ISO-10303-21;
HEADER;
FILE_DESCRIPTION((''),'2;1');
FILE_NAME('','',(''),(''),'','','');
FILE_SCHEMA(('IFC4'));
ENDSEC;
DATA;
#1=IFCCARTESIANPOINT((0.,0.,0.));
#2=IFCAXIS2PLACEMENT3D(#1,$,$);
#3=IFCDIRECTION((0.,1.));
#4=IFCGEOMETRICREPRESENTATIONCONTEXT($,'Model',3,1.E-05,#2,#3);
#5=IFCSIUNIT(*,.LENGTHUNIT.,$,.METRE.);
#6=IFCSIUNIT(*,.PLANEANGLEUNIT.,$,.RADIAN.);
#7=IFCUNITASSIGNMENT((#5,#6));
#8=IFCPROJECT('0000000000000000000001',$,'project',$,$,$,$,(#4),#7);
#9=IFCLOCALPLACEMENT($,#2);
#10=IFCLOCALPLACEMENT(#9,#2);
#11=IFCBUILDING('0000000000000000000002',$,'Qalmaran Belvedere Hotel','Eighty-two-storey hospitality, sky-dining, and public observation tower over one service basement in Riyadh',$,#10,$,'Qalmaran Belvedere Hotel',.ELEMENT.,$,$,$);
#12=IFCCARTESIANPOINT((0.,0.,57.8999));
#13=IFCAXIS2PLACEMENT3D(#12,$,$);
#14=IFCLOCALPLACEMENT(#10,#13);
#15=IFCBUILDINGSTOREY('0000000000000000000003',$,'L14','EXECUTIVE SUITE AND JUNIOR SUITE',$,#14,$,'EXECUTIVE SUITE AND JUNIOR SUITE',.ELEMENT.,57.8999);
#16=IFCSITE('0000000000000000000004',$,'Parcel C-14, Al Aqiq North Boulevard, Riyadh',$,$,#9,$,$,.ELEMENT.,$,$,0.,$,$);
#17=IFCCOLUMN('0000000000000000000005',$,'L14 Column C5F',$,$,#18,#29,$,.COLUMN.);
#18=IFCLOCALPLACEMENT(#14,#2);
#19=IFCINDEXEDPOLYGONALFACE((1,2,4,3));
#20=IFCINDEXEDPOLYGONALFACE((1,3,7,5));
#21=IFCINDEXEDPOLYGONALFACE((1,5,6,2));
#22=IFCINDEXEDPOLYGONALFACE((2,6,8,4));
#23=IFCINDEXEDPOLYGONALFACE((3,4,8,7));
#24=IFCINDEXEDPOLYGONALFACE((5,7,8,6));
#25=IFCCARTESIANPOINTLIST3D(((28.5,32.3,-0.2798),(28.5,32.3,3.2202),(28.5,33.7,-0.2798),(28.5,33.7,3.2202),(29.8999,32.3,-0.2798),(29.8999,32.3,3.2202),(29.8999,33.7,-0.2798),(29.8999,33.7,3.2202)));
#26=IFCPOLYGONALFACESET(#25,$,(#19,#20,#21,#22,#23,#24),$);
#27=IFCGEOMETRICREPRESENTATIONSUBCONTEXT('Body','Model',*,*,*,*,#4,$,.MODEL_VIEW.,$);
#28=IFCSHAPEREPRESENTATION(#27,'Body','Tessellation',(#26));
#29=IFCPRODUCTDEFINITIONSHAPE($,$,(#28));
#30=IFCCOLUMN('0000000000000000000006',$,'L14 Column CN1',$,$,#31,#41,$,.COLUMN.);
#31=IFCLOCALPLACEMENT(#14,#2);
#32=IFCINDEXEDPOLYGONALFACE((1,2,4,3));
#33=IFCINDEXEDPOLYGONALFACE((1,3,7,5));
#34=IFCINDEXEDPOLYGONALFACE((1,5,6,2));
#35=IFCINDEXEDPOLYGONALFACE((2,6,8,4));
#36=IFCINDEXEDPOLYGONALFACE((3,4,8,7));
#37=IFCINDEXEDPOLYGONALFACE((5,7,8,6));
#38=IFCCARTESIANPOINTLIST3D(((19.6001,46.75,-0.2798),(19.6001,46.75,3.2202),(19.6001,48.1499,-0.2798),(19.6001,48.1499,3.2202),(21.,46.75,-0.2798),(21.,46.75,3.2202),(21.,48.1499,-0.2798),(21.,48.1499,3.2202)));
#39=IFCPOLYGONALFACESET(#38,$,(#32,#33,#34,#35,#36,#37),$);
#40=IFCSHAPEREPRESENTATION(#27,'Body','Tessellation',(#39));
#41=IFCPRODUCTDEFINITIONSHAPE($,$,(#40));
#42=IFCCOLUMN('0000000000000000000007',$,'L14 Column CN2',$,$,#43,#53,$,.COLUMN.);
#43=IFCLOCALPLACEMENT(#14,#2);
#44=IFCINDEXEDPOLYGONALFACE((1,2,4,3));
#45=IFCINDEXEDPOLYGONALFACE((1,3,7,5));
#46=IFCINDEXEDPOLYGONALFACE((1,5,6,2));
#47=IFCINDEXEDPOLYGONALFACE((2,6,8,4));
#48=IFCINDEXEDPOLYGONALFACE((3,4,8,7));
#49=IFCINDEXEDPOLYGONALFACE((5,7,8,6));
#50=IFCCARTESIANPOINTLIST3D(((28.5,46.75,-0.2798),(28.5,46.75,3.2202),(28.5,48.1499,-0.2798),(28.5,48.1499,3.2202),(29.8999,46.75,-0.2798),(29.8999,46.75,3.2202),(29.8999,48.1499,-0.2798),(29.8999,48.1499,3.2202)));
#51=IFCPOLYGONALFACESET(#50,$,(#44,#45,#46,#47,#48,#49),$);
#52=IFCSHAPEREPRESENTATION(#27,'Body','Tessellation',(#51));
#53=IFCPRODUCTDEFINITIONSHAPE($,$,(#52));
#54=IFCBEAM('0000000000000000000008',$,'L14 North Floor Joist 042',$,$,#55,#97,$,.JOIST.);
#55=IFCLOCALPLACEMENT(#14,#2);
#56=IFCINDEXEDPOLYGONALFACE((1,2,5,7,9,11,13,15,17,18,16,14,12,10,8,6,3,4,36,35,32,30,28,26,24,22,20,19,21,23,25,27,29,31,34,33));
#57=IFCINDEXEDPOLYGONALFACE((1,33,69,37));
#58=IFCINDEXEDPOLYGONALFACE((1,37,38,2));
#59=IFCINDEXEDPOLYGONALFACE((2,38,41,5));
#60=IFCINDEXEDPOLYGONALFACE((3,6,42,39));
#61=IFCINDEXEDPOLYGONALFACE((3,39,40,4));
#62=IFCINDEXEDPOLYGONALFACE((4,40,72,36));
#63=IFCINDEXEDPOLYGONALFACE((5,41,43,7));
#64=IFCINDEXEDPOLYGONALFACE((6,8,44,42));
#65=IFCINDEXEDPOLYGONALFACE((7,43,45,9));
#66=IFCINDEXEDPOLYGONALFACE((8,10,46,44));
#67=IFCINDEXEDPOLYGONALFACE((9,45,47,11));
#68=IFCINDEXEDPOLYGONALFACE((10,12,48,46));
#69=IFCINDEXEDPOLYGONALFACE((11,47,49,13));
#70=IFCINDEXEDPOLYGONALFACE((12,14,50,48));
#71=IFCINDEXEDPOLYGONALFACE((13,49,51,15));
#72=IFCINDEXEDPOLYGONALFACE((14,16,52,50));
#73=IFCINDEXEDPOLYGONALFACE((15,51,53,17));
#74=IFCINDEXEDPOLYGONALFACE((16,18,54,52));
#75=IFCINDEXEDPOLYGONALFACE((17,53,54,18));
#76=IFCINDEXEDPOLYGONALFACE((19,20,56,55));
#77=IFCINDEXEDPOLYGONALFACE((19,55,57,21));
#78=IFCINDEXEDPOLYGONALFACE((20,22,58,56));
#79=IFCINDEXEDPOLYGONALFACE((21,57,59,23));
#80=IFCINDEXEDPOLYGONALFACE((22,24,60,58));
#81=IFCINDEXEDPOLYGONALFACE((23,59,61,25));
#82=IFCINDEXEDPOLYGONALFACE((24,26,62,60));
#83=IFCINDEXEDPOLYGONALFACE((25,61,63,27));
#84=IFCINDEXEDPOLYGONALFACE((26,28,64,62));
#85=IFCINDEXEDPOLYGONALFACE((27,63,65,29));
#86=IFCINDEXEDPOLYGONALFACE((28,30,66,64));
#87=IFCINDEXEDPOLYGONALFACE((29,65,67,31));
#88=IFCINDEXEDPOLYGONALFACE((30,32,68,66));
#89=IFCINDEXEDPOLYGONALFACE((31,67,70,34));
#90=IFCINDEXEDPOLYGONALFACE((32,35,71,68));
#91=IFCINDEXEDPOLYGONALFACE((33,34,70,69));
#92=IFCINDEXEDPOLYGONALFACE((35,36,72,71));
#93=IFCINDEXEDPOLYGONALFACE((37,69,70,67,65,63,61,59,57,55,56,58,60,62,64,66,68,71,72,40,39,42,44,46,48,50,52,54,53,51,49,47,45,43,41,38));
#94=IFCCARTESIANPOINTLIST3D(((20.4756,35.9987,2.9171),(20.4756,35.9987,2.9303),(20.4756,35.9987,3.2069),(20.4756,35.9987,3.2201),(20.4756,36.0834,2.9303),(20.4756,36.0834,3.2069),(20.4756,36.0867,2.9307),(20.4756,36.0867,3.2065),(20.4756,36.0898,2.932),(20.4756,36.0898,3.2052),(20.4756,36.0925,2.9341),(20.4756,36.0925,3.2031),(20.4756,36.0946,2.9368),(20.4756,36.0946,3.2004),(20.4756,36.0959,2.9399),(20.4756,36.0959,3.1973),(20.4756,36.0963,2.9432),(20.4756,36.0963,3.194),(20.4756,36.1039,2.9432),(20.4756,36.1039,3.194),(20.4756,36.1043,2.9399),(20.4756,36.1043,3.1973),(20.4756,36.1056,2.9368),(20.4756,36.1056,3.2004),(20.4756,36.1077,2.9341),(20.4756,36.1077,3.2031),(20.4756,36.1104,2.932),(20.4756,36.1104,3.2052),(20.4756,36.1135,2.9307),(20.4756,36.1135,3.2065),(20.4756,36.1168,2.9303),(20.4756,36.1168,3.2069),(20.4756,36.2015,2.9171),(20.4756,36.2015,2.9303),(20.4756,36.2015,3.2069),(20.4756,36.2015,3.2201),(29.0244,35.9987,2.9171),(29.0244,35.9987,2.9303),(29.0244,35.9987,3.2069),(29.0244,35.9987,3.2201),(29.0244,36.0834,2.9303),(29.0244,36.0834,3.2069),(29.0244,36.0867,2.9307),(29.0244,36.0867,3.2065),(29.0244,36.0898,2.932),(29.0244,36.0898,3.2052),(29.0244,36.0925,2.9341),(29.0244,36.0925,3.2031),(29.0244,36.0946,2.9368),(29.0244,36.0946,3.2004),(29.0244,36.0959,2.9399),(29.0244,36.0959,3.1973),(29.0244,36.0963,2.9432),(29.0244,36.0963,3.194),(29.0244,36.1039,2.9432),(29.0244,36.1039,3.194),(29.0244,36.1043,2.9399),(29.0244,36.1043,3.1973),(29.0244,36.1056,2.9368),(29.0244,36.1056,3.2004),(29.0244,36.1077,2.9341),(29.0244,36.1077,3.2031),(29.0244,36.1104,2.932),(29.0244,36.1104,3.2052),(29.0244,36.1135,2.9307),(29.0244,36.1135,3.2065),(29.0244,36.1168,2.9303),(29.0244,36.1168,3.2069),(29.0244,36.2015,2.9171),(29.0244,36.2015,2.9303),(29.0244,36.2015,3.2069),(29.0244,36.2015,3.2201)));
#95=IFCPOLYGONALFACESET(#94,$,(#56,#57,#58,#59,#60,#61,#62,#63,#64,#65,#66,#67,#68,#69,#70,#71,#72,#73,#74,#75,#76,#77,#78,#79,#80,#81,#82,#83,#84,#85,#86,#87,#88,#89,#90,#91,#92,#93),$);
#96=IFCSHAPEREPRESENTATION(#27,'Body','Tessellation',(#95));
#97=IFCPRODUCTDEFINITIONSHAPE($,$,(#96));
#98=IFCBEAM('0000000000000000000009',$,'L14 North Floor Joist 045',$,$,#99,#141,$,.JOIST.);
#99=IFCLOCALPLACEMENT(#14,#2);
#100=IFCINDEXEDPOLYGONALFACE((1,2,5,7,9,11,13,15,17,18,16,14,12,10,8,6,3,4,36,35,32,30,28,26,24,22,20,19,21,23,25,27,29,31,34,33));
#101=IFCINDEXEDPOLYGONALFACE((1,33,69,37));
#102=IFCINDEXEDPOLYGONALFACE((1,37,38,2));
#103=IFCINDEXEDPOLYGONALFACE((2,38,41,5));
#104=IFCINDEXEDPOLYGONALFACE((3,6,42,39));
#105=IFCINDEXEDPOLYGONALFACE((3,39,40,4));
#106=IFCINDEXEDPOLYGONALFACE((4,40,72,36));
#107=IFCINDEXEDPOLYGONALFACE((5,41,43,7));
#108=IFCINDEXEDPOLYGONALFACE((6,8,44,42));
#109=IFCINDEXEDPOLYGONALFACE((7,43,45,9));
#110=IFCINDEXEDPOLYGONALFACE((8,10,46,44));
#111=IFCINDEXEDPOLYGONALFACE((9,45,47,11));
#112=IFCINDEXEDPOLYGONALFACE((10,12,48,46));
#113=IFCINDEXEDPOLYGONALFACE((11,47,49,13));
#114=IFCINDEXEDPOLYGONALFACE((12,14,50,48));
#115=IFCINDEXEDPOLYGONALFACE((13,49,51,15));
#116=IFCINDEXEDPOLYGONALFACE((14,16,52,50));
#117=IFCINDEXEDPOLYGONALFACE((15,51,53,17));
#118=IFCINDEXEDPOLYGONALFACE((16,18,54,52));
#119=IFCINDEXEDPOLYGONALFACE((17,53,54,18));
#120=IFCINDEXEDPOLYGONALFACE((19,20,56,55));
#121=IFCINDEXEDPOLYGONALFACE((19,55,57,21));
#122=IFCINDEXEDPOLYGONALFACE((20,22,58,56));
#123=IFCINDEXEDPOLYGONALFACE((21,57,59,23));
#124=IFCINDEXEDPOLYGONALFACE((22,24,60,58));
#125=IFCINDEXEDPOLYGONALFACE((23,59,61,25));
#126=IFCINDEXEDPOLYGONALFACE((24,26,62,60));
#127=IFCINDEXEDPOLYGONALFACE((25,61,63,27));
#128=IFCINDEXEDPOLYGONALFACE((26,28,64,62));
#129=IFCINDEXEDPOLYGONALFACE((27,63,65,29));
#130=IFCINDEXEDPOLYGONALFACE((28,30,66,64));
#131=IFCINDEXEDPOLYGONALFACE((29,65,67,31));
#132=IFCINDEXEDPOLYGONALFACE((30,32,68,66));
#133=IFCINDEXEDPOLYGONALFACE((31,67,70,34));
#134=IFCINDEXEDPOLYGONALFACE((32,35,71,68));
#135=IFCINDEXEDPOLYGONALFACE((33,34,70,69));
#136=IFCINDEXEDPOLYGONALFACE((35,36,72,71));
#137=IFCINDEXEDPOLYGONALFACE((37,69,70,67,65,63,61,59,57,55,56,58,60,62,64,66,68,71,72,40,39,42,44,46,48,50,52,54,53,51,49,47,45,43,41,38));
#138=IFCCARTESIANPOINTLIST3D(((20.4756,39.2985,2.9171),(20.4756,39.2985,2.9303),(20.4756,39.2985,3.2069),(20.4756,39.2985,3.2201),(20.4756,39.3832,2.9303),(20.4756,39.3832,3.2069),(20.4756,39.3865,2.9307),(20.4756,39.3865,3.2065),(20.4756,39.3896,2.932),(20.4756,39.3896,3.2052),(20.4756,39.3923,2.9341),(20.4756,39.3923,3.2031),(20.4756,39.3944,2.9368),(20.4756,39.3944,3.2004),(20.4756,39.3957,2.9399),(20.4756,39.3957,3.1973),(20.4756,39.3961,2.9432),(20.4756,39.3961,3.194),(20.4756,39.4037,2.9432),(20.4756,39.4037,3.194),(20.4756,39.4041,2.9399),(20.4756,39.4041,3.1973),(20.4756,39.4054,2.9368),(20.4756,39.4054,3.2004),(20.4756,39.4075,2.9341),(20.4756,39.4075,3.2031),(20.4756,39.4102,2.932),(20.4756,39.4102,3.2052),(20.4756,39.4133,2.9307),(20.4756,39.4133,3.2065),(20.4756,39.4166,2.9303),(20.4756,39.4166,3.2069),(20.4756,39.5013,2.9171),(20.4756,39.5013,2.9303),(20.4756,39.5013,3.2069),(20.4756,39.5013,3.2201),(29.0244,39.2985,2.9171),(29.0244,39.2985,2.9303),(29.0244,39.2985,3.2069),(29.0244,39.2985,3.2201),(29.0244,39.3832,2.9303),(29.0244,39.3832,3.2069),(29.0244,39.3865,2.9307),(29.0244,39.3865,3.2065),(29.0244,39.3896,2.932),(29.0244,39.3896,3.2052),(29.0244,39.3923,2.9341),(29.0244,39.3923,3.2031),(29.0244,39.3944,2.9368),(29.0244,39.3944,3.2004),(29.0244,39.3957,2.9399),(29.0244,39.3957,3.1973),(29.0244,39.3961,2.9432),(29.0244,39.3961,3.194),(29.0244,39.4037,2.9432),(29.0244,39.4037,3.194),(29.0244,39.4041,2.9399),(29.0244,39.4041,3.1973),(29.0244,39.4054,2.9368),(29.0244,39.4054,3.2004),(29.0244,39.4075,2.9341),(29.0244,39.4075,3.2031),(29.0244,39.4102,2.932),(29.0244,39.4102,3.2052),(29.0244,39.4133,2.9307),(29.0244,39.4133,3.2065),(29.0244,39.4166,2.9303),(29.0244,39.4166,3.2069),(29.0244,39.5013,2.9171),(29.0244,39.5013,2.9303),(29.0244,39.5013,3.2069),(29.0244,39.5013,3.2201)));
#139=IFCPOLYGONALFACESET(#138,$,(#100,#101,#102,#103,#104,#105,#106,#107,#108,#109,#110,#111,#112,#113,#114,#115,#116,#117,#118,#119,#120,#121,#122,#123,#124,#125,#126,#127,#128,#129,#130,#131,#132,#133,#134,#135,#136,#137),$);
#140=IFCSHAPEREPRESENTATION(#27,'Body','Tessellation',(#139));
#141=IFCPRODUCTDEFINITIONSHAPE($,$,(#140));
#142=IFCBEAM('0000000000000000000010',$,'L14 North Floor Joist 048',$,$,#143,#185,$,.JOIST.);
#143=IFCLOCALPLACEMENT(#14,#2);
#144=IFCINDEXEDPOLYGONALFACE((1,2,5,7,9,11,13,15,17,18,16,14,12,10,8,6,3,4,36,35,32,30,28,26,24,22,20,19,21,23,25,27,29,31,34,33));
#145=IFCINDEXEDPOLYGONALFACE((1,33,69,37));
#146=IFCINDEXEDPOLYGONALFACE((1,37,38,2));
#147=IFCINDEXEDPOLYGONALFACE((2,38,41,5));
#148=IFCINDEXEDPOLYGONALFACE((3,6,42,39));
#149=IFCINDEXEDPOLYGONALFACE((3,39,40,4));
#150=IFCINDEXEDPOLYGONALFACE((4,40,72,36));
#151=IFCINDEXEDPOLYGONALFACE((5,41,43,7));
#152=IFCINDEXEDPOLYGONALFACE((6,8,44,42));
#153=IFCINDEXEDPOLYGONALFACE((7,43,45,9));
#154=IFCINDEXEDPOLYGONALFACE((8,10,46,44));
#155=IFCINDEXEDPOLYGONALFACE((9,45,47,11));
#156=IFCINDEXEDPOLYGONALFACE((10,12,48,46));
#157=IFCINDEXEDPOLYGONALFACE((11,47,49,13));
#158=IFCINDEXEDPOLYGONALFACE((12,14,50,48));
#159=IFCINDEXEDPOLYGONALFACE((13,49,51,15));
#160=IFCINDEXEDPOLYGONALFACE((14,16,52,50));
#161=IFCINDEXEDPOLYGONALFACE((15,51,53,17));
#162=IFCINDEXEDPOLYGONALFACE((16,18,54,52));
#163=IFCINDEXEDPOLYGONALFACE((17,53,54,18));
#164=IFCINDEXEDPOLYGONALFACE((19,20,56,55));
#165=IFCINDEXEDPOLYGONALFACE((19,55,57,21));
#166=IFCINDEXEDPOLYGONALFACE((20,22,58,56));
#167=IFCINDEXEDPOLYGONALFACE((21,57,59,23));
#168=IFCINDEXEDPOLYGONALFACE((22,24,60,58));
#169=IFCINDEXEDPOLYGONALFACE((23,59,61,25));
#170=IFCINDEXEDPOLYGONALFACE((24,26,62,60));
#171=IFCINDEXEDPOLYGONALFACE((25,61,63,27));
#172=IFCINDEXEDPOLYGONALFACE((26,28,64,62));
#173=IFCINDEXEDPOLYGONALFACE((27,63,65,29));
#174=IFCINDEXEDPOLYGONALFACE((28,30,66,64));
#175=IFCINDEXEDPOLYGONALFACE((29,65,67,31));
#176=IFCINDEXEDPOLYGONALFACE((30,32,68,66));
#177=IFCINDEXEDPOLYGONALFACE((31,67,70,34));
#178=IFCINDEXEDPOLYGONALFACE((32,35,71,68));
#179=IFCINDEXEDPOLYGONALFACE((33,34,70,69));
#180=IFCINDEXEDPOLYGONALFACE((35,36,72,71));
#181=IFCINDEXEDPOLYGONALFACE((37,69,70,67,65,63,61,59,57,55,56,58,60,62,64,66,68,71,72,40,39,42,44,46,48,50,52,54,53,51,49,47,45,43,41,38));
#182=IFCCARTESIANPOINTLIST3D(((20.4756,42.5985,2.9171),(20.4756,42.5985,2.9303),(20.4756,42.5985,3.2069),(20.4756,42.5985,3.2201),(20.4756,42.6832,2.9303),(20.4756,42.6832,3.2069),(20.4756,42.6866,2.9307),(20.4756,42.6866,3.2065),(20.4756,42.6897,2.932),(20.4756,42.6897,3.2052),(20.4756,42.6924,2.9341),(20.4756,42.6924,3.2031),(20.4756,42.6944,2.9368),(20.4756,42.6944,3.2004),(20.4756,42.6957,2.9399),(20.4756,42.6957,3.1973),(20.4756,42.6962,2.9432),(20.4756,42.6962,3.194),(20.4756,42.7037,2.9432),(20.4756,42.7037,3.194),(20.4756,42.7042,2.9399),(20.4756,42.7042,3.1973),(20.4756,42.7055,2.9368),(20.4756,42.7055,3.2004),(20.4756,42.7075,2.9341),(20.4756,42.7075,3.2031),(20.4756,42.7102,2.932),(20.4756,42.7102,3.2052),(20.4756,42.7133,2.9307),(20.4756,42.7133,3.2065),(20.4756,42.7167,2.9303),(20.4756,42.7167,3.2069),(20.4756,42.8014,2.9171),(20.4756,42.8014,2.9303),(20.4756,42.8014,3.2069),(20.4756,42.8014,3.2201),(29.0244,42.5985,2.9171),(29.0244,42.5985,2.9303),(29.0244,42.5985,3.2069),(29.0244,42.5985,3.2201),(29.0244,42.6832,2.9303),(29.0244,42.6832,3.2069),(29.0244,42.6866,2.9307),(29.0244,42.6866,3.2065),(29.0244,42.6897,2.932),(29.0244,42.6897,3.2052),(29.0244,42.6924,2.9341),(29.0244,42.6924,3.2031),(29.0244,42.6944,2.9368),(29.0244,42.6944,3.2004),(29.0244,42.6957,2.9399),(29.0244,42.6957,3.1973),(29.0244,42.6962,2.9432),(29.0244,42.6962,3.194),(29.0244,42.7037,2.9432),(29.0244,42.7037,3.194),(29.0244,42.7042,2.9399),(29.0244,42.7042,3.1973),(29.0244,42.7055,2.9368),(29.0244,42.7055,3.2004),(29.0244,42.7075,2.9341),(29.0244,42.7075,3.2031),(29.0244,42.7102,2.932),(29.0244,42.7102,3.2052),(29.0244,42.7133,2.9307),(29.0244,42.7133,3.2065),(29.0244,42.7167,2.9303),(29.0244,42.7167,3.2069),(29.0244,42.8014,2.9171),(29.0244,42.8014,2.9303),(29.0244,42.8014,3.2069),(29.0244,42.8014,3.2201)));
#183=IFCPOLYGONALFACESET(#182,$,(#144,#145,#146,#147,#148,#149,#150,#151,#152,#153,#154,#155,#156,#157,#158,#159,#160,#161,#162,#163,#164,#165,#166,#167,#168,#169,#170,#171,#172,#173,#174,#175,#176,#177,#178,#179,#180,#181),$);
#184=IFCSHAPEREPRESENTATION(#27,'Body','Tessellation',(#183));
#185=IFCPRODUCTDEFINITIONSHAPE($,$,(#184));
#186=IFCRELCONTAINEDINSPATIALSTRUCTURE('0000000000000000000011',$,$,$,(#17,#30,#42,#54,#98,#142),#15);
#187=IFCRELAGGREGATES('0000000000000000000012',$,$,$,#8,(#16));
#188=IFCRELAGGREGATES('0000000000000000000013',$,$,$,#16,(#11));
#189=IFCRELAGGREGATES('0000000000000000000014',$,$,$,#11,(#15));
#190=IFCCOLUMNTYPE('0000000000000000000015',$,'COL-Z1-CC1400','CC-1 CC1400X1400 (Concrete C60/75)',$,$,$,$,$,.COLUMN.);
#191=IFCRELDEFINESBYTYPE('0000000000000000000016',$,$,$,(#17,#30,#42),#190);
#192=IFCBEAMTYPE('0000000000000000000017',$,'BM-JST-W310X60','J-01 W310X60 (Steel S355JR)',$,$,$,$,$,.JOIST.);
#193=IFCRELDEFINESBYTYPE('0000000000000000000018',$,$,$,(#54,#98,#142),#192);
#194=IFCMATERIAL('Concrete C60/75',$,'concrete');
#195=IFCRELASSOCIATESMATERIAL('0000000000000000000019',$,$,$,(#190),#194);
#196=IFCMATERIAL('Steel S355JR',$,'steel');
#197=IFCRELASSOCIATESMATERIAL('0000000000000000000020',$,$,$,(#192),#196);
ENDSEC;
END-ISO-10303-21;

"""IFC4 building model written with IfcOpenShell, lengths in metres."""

from ifc_helpers import new_model, si_unit, direction, frame, origin, origin_2d, place, context, subcontext, project, spatial, rectangle, i_section, extrude, material, material_profile, profile_set, type_object, element, save


model = new_model("IFC4")

# Units and contexts
model_context = context("Model", 3, precision=1e-05, world=origin(), true_north=direction((0.0, 1.0)))
body_context = subcontext(model_context, "Body", "Model", "MODEL_VIEW")
ifc_project = project(units=[si_unit("LENGTHUNIT", "METRE"), si_unit("PLANEANGLEUNIT", "RADIAN")], contexts=[model_context])

# Site, building, storey
site_placement = place(None, origin())
site = spatial("IfcSite", under=ifc_project, at=site_placement, Name="Parcel C-14, Al Aqiq North Boulevard, Riyadh", CompositionType="ELEMENT", RefElevation=0.0)
building_placement = place(site_placement, origin())
building = spatial("IfcBuilding", under=site, at=building_placement, Name="Qalmaran Belvedere Hotel", Description="Eighty-two-storey hospitality, sky-dining, and public observation tower over one service basement in Riyadh", LongName="Qalmaran Belvedere Hotel", CompositionType="ELEMENT")
storey_placement = place(building_placement, frame((0.0, 0.0, 57.8999)))
storey = spatial("IfcBuildingStorey", under=building, at=storey_placement, Name="L14", Description="EXECUTIVE SUITE AND JUNIOR SUITE", LongName="EXECUTIVE SUITE AND JUNIOR SUITE", CompositionType="ELEMENT", Elevation=57.8999)

# Columns
ifc_material_1 = material(Name="Concrete C60/75", Category="concrete")
ifc_material_profile_1 = material_profile(ifc_material_1, rectangle(XDim=1.3999, YDim=1.3999, at=origin_2d()), Name="CC1400X1400")
ifc_profile_set_1 = profile_set([ifc_material_profile_1], Name="Concrete C60/75")
column_type = type_object("IfcColumnType", Name="COL-Z1-CC1400", Description="CC-1 CC1400X1400 (Concrete C60/75)", PredefinedType="COLUMN", material=ifc_profile_set_1)
for number, where, z_axis, x_axis, name in (
    (1, (29.2, 33.0, -0.2798), (0.0, 0.0, 1.0), (1.0, 0.0, 0.0), "L14 Column C5F"),
    (2, (20.3, 47.45, -0.2798), (0.0, 0.0, 1.0), (1.0, 0.0, 0.0), "L14 Column CN1"),
    (3, (29.2, 47.45, -0.2798), (0.0, 0.0, 1.0), (1.0, 0.0, 0.0), "L14 Column CN2"),
):
    element("IfcColumn", number, at=place(storey_placement, frame(where, z_axis=z_axis, x_axis=x_axis)), inside=storey, type_object=column_type, Name=name, PredefinedType="COLUMN", context=body_context, shape_type="SweptSolid", body=[
        extrude(rectangle(XDim=1.3999, YDim=1.3999, at=origin_2d()), origin(), (0.0, 0.0, 1.0), 3.5),
    ])

# Beams
ifc_material_2 = material(Name="Steel S355JR", Category="steel")
ifc_material_profile_2 = material_profile(ifc_material_2, i_section(OverallWidth=0.2029, OverallDepth=0.303, WebThickness=0.0076, FlangeThickness=0.0132, FilletRadius=0.0129, at=origin_2d()), Name="W310X60")
ifc_profile_set_2 = profile_set([ifc_material_profile_2], Name="Steel S355JR")
beam_type_1 = type_object("IfcBeamType", Name="BM-JST-W310X60", Description="J-01 W310X60 (Steel S355JR)", PredefinedType="JOIST", material=ifc_profile_set_2)
for number, where, z_axis, x_axis, name in (
    (4, (20.4756, 36.1001, 3.0686), (1.0, 0.0, 0.0), (0.0, 1.0, 0.0), "L14 North Floor Joist 042"),
    (5, (20.4756, 39.3999, 3.0686), (1.0, 0.0, 0.0), (0.0, 1.0, 0.0), "L14 North Floor Joist 045"),
    (6, (20.4756, 42.7, 3.0686), (1.0, 0.0, 0.0), (0.0, 1.0, 0.0), "L14 North Floor Joist 048"),
):
    element("IfcBeam", number, at=place(storey_placement, frame(where, z_axis=z_axis, x_axis=x_axis)), inside=storey, type_object=beam_type_1, Name=name, PredefinedType="JOIST", context=body_context, shape_type="SweptSolid", body=[
        extrude(i_section(OverallWidth=0.2029, OverallDepth=0.303, WebThickness=0.0076, FlangeThickness=0.0132, FilletRadius=0.0129, at=origin_2d()), origin(), (0.0, 0.0, 1.0), 8.5488),
    ])

save(model, "model.ifc")
